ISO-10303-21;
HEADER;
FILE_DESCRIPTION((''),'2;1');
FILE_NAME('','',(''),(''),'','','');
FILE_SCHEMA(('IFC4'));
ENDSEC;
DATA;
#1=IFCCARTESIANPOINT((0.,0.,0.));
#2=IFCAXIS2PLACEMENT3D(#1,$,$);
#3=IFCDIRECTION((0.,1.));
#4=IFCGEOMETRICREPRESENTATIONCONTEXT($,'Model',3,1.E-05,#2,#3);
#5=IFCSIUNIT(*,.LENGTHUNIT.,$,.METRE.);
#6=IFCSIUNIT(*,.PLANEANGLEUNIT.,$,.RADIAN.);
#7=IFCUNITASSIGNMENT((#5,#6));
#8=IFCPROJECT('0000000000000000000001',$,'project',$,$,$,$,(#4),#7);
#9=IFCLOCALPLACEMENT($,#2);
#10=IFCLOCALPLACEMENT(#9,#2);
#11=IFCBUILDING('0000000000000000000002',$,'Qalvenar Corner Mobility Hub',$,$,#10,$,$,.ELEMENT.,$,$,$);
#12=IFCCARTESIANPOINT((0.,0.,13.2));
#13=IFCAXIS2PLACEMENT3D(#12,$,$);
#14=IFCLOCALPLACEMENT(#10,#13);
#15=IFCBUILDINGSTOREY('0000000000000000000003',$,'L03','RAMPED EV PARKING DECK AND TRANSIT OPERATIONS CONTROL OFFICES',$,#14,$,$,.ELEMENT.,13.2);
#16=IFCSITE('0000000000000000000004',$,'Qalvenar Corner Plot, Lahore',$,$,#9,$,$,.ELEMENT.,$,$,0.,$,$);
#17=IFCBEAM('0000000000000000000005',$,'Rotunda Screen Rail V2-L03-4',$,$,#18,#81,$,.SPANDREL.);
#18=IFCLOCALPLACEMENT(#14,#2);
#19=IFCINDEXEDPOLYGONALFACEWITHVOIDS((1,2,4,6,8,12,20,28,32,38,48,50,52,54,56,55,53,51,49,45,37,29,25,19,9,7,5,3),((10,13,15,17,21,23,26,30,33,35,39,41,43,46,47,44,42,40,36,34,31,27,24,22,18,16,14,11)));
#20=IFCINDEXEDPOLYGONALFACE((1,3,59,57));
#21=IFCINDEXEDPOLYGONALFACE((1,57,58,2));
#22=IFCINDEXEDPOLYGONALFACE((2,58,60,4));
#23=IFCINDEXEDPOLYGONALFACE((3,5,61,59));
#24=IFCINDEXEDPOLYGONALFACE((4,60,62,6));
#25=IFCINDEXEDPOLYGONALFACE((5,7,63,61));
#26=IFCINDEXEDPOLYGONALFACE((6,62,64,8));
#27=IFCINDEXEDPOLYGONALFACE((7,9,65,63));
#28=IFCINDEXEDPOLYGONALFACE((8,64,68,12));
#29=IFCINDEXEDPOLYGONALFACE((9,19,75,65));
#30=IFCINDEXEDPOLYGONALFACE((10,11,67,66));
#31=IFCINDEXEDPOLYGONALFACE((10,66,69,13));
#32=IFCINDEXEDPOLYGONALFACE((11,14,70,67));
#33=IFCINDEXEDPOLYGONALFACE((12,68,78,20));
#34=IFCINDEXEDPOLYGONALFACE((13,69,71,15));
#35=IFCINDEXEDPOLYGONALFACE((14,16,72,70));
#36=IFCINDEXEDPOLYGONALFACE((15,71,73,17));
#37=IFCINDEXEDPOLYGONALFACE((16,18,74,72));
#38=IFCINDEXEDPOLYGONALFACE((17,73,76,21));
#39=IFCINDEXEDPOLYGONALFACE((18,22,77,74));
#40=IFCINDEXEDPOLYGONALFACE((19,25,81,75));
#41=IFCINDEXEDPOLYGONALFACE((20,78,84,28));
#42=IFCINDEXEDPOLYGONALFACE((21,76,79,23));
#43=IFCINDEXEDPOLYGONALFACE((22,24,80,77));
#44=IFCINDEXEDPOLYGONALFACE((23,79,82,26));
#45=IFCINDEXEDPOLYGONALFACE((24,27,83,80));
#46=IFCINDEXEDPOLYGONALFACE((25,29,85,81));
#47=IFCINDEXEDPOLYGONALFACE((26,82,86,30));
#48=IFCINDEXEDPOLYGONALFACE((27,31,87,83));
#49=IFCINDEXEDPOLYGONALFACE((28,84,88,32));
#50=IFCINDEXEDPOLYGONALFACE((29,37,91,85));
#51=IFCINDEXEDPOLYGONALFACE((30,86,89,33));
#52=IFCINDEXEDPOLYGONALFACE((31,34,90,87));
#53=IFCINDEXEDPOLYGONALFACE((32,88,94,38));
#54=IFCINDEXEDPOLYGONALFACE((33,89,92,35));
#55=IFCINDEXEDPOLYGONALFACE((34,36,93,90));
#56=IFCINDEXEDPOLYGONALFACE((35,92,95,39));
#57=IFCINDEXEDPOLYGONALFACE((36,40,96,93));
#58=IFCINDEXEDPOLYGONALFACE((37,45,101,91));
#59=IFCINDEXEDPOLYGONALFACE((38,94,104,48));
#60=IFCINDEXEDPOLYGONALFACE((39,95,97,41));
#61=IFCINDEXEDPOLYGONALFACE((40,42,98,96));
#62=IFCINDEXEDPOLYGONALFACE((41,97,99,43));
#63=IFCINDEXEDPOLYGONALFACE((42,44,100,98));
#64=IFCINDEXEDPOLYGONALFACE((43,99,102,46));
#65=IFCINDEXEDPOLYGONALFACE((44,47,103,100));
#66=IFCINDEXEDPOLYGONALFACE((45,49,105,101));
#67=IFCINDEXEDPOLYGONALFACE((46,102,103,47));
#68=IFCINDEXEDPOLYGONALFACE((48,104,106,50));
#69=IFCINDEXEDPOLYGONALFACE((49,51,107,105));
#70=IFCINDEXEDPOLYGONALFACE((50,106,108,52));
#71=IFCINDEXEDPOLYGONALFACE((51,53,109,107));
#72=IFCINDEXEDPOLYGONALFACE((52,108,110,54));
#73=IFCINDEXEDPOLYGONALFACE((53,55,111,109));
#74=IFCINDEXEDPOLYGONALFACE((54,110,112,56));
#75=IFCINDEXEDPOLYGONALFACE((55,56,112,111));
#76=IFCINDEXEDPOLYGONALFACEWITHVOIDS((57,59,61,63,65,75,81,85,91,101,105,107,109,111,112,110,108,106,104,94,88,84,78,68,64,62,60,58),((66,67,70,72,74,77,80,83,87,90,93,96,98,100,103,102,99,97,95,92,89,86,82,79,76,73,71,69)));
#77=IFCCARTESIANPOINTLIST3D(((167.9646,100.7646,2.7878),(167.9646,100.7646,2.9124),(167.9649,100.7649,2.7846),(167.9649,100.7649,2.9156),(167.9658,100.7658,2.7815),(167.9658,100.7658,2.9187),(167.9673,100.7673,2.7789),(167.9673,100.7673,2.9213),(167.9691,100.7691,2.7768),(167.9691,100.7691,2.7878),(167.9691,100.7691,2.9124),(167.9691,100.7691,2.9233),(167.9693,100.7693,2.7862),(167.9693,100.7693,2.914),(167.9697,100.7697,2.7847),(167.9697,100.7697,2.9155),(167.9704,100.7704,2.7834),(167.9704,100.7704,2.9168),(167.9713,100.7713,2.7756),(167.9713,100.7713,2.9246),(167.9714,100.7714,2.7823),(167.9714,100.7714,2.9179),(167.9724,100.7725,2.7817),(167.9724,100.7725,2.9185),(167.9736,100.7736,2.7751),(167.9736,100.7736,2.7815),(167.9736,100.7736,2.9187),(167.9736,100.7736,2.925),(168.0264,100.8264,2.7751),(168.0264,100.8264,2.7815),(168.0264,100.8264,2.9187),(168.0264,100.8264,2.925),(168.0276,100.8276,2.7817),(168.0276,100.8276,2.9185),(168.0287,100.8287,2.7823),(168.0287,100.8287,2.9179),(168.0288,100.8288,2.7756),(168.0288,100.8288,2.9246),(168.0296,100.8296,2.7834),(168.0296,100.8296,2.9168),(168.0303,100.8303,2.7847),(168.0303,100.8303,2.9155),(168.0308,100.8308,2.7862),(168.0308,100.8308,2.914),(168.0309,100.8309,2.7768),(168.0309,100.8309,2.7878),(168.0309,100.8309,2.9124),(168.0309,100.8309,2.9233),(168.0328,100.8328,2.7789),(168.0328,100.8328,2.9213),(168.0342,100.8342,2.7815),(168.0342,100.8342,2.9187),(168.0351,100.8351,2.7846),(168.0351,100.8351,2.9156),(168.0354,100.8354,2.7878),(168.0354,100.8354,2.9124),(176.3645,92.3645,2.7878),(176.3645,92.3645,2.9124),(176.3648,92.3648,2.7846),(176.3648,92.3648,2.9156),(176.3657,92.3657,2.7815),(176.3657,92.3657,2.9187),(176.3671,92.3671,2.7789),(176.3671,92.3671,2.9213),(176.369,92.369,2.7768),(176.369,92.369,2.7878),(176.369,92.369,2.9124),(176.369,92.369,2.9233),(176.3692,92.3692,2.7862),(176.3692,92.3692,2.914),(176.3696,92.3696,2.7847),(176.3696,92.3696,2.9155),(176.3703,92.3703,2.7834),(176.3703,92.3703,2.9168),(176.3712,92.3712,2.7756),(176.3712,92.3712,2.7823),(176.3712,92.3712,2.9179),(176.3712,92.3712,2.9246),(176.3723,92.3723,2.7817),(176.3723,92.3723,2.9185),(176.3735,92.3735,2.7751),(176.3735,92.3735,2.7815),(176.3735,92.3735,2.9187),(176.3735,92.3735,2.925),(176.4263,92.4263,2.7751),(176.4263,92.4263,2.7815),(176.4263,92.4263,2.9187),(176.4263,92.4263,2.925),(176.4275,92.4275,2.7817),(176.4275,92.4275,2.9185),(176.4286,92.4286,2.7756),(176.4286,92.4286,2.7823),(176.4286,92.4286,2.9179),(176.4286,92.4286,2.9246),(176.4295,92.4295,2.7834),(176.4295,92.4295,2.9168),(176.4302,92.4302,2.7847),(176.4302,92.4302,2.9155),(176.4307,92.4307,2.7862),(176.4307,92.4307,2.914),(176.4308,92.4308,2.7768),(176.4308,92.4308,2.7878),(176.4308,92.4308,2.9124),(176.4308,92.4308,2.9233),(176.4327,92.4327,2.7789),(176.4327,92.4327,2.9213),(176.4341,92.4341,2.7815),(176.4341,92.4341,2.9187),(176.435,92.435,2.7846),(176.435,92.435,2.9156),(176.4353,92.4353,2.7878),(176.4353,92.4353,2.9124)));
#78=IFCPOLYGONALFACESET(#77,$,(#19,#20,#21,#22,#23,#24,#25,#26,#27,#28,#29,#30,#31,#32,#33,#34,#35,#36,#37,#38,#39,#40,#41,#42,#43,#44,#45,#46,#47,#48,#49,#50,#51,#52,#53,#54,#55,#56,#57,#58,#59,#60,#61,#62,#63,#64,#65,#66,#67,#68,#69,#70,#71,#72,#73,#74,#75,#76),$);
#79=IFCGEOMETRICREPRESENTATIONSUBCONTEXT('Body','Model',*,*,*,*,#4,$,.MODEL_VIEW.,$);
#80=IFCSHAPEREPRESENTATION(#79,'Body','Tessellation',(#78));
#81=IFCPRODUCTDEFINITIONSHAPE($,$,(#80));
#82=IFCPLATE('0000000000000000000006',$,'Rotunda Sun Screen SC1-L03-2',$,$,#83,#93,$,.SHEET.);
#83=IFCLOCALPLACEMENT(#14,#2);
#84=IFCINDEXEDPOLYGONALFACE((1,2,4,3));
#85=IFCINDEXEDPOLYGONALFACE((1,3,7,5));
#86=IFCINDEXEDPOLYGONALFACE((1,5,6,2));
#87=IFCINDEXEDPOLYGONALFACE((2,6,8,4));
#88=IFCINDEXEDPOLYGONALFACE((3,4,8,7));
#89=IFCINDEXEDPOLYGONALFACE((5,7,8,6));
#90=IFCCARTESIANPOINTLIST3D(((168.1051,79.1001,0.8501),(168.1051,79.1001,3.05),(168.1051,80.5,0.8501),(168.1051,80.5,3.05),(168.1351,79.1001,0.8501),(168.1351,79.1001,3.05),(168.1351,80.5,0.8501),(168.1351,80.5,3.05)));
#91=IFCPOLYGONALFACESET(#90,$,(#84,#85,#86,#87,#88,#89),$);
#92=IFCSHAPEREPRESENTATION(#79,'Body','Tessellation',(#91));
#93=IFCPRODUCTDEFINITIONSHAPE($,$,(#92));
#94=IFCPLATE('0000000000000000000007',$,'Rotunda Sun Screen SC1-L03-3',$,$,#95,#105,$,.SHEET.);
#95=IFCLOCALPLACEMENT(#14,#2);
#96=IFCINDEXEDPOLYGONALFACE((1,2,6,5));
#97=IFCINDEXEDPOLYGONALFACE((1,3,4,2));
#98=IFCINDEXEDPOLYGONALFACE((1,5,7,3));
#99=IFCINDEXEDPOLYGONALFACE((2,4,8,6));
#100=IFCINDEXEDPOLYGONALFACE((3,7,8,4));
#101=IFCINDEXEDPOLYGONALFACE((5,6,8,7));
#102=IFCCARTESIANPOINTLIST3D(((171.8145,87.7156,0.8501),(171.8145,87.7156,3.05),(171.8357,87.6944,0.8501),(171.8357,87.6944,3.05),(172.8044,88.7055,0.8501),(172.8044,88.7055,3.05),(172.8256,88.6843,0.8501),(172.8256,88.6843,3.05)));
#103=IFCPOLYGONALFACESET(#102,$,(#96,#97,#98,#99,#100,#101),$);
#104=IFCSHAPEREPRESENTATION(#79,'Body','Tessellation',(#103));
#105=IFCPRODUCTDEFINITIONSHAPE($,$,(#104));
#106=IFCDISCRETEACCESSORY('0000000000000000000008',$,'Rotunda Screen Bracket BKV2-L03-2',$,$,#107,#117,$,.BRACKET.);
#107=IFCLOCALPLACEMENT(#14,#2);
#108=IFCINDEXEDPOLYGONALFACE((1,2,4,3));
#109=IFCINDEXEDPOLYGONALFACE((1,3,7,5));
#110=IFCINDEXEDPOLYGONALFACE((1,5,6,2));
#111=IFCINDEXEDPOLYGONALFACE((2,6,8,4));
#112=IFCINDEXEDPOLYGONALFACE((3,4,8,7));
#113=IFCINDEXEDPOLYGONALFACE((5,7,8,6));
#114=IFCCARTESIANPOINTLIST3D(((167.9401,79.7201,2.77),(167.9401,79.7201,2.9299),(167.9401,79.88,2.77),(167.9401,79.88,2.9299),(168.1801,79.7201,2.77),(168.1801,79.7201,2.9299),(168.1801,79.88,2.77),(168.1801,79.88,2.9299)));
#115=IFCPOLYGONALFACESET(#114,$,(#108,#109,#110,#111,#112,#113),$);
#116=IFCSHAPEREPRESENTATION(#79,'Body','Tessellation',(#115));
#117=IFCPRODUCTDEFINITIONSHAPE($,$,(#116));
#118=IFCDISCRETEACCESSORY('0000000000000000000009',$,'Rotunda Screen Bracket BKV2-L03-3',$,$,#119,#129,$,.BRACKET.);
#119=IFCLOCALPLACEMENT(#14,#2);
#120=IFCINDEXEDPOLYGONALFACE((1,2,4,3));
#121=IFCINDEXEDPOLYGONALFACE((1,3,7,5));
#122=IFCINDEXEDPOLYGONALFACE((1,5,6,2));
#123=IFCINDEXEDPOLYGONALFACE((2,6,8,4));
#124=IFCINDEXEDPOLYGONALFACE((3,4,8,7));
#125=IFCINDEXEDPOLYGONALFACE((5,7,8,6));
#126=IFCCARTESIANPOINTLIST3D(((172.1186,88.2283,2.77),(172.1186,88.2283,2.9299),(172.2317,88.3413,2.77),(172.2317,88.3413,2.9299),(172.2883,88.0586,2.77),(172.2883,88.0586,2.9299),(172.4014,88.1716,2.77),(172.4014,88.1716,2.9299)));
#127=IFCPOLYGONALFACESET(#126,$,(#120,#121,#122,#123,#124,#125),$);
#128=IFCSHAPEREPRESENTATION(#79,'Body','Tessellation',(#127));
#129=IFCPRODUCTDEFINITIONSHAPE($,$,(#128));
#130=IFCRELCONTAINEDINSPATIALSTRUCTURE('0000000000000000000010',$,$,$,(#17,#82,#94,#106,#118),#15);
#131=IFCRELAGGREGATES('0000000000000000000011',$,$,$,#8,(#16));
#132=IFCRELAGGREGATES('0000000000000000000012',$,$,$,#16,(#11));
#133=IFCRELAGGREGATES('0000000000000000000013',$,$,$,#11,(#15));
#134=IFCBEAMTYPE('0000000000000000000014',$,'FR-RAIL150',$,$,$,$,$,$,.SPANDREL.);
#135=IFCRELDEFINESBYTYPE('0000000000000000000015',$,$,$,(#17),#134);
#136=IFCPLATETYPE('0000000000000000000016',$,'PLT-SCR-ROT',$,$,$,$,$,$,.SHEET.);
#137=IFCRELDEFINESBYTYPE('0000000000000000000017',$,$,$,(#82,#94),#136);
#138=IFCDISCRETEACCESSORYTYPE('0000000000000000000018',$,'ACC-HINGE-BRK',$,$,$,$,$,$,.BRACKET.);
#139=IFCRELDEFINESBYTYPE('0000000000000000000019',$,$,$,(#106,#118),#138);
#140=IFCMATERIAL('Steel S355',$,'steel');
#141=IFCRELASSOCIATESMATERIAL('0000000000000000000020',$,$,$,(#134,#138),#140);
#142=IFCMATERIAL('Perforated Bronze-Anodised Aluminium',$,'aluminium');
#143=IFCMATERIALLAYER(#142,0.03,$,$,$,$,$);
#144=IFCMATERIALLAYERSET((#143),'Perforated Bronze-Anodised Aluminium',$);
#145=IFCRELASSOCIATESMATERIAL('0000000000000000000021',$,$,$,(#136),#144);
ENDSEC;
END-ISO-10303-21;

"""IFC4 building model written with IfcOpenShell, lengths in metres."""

from ifc_helpers import new_model, si_unit, direction, frame, origin, origin_2d, place, context, subcontext, project, spatial, rectangle, hollow_rectangle, extrude, material, layer, layer_set, material_profile, profile_set, type_object, element, save


model = new_model("IFC4")

# Units and contexts
model_context = context("Model", 3, precision=1e-05, world=origin(), true_north=direction((0.0, 1.0)))
body_context = subcontext(model_context, "Body", "Model", "MODEL_VIEW")
ifc_project = project(units=[si_unit("LENGTHUNIT", "METRE"), si_unit("PLANEANGLEUNIT", "RADIAN")], contexts=[model_context])

# Site, building, storey
site_placement = place(None, origin())
site = spatial("IfcSite", under=ifc_project, at=site_placement, Name="Qalvenar Corner Plot, Lahore", CompositionType="ELEMENT", RefElevation=0.0)
building_placement = place(site_placement, origin())
building = spatial("IfcBuilding", under=site, at=building_placement, Name="Qalvenar Corner Mobility Hub", CompositionType="ELEMENT")
storey_placement = place(building_placement, frame((0.0, 0.0, 13.2)))
storey = spatial("IfcBuildingStorey", under=building, at=storey_placement, Name="L03", Description="RAMPED EV PARKING DECK AND TRANSIT OPERATIONS CONTROL OFFICES", CompositionType="ELEMENT", Elevation=13.2)

# Shared definitions
ifc_material_1 = material(Name="Steel S355", Category="steel")

# Beam
ifc_material_profile_1 = material_profile(ifc_material_1, hollow_rectangle(XDim=0.1001, YDim=0.1499, WallThickness=0.0063, InnerFilletRadius=0.0063, OuterFilletRadius=0.0127, at=origin_2d()), Name="RHS150x100x6.3")
ifc_profile_set_1 = profile_set([ifc_material_profile_1], Name="Steel S355")
beam_type_1 = type_object("IfcBeamType", Name="FR-RAIL150", PredefinedType="SPANDREL", material=ifc_profile_set_1)
beam_1_placement = place(storey_placement, frame((176.3999, 92.3999, 2.8501), z_axis=(-0.707097, 0.707117, 0.0), x_axis=(-0.707117, -0.707097, 0.0)))
element("IfcBeam", 1, at=beam_1_placement, inside=storey, type_object=beam_type_1, Name="Rotunda Screen Rail V2-L03-4", PredefinedType="SPANDREL", context=body_context, shape_type="SweptSolid", body=[
    extrude(hollow_rectangle(XDim=0.1001, YDim=0.1499, WallThickness=0.0063, InnerFilletRadius=0.0063, OuterFilletRadius=0.0127, at=origin_2d()), origin(), (0.0, 0.0, 1.0), 11.8794),
])

# Plates
ifc_material_2 = material(Name="Perforated Bronze-Anodised Aluminium", Category="aluminium")
ifc_layer = layer(ifc_material_2, 0.03)
ifc_layer_set = layer_set([ifc_layer], Name="Perforated Bronze-Anodised Aluminium")
plate_type = type_object("IfcPlateType", Name="PLT-SCR-ROT", PredefinedType="SHEET", material=ifc_layer_set)
for number, where, z_axis, x_axis, name in (
    (2, (168.1201, 79.8, 0.8501), (0.0, 0.0, 1.0), (0.0, 1.0, 0.0), "Rotunda Sun Screen SC1-L03-2"),
    (3, (172.3201, 88.2, 0.8501), (0.0, 0.0, 1.0), (0.707107, 0.707107, 0.0), "Rotunda Sun Screen SC1-L03-3"),
):
    element("IfcPlate", number, at=place(storey_placement, frame(where, z_axis=z_axis, x_axis=x_axis)), inside=storey, type_object=plate_type, Name=name, PredefinedType="SHEET", context=body_context, shape_type="SweptSolid", body=[
        extrude(rectangle(XDim=1.3999, YDim=0.03, at=origin_2d()), origin(), (0.0, 0.0, 1.0), 2.2),
    ])

# Discrete accessories
discrete_accessory_type = type_object("IfcDiscreteAccessoryType", Name="ACC-HINGE-BRK", PredefinedType="BRACKET", material=ifc_material_1)
for number, where, z_axis, x_axis, name in (
    (4, (168.0601, 79.8, 2.77), (0.0, 0.0, 1.0), (0.0, 1.0, 0.0), "Rotunda Screen Bracket BKV2-L03-2"),
    (5, (172.26, 88.2, 2.77), (0.0, 0.0, 1.0), (0.707107, 0.707107, 0.0), "Rotunda Screen Bracket BKV2-L03-3"),
):
    element("IfcDiscreteAccessory", number, at=place(storey_placement, frame(where, z_axis=z_axis, x_axis=x_axis)), inside=storey, type_object=discrete_accessory_type, Name=name, PredefinedType="BRACKET", context=body_context, shape_type="SweptSolid", body=[
        extrude(rectangle(XDim=0.1599, YDim=0.24, at=origin_2d()), origin(), (0.0, 0.0, 1.0), 0.1599),
    ])

save(model, "model.ifc")
